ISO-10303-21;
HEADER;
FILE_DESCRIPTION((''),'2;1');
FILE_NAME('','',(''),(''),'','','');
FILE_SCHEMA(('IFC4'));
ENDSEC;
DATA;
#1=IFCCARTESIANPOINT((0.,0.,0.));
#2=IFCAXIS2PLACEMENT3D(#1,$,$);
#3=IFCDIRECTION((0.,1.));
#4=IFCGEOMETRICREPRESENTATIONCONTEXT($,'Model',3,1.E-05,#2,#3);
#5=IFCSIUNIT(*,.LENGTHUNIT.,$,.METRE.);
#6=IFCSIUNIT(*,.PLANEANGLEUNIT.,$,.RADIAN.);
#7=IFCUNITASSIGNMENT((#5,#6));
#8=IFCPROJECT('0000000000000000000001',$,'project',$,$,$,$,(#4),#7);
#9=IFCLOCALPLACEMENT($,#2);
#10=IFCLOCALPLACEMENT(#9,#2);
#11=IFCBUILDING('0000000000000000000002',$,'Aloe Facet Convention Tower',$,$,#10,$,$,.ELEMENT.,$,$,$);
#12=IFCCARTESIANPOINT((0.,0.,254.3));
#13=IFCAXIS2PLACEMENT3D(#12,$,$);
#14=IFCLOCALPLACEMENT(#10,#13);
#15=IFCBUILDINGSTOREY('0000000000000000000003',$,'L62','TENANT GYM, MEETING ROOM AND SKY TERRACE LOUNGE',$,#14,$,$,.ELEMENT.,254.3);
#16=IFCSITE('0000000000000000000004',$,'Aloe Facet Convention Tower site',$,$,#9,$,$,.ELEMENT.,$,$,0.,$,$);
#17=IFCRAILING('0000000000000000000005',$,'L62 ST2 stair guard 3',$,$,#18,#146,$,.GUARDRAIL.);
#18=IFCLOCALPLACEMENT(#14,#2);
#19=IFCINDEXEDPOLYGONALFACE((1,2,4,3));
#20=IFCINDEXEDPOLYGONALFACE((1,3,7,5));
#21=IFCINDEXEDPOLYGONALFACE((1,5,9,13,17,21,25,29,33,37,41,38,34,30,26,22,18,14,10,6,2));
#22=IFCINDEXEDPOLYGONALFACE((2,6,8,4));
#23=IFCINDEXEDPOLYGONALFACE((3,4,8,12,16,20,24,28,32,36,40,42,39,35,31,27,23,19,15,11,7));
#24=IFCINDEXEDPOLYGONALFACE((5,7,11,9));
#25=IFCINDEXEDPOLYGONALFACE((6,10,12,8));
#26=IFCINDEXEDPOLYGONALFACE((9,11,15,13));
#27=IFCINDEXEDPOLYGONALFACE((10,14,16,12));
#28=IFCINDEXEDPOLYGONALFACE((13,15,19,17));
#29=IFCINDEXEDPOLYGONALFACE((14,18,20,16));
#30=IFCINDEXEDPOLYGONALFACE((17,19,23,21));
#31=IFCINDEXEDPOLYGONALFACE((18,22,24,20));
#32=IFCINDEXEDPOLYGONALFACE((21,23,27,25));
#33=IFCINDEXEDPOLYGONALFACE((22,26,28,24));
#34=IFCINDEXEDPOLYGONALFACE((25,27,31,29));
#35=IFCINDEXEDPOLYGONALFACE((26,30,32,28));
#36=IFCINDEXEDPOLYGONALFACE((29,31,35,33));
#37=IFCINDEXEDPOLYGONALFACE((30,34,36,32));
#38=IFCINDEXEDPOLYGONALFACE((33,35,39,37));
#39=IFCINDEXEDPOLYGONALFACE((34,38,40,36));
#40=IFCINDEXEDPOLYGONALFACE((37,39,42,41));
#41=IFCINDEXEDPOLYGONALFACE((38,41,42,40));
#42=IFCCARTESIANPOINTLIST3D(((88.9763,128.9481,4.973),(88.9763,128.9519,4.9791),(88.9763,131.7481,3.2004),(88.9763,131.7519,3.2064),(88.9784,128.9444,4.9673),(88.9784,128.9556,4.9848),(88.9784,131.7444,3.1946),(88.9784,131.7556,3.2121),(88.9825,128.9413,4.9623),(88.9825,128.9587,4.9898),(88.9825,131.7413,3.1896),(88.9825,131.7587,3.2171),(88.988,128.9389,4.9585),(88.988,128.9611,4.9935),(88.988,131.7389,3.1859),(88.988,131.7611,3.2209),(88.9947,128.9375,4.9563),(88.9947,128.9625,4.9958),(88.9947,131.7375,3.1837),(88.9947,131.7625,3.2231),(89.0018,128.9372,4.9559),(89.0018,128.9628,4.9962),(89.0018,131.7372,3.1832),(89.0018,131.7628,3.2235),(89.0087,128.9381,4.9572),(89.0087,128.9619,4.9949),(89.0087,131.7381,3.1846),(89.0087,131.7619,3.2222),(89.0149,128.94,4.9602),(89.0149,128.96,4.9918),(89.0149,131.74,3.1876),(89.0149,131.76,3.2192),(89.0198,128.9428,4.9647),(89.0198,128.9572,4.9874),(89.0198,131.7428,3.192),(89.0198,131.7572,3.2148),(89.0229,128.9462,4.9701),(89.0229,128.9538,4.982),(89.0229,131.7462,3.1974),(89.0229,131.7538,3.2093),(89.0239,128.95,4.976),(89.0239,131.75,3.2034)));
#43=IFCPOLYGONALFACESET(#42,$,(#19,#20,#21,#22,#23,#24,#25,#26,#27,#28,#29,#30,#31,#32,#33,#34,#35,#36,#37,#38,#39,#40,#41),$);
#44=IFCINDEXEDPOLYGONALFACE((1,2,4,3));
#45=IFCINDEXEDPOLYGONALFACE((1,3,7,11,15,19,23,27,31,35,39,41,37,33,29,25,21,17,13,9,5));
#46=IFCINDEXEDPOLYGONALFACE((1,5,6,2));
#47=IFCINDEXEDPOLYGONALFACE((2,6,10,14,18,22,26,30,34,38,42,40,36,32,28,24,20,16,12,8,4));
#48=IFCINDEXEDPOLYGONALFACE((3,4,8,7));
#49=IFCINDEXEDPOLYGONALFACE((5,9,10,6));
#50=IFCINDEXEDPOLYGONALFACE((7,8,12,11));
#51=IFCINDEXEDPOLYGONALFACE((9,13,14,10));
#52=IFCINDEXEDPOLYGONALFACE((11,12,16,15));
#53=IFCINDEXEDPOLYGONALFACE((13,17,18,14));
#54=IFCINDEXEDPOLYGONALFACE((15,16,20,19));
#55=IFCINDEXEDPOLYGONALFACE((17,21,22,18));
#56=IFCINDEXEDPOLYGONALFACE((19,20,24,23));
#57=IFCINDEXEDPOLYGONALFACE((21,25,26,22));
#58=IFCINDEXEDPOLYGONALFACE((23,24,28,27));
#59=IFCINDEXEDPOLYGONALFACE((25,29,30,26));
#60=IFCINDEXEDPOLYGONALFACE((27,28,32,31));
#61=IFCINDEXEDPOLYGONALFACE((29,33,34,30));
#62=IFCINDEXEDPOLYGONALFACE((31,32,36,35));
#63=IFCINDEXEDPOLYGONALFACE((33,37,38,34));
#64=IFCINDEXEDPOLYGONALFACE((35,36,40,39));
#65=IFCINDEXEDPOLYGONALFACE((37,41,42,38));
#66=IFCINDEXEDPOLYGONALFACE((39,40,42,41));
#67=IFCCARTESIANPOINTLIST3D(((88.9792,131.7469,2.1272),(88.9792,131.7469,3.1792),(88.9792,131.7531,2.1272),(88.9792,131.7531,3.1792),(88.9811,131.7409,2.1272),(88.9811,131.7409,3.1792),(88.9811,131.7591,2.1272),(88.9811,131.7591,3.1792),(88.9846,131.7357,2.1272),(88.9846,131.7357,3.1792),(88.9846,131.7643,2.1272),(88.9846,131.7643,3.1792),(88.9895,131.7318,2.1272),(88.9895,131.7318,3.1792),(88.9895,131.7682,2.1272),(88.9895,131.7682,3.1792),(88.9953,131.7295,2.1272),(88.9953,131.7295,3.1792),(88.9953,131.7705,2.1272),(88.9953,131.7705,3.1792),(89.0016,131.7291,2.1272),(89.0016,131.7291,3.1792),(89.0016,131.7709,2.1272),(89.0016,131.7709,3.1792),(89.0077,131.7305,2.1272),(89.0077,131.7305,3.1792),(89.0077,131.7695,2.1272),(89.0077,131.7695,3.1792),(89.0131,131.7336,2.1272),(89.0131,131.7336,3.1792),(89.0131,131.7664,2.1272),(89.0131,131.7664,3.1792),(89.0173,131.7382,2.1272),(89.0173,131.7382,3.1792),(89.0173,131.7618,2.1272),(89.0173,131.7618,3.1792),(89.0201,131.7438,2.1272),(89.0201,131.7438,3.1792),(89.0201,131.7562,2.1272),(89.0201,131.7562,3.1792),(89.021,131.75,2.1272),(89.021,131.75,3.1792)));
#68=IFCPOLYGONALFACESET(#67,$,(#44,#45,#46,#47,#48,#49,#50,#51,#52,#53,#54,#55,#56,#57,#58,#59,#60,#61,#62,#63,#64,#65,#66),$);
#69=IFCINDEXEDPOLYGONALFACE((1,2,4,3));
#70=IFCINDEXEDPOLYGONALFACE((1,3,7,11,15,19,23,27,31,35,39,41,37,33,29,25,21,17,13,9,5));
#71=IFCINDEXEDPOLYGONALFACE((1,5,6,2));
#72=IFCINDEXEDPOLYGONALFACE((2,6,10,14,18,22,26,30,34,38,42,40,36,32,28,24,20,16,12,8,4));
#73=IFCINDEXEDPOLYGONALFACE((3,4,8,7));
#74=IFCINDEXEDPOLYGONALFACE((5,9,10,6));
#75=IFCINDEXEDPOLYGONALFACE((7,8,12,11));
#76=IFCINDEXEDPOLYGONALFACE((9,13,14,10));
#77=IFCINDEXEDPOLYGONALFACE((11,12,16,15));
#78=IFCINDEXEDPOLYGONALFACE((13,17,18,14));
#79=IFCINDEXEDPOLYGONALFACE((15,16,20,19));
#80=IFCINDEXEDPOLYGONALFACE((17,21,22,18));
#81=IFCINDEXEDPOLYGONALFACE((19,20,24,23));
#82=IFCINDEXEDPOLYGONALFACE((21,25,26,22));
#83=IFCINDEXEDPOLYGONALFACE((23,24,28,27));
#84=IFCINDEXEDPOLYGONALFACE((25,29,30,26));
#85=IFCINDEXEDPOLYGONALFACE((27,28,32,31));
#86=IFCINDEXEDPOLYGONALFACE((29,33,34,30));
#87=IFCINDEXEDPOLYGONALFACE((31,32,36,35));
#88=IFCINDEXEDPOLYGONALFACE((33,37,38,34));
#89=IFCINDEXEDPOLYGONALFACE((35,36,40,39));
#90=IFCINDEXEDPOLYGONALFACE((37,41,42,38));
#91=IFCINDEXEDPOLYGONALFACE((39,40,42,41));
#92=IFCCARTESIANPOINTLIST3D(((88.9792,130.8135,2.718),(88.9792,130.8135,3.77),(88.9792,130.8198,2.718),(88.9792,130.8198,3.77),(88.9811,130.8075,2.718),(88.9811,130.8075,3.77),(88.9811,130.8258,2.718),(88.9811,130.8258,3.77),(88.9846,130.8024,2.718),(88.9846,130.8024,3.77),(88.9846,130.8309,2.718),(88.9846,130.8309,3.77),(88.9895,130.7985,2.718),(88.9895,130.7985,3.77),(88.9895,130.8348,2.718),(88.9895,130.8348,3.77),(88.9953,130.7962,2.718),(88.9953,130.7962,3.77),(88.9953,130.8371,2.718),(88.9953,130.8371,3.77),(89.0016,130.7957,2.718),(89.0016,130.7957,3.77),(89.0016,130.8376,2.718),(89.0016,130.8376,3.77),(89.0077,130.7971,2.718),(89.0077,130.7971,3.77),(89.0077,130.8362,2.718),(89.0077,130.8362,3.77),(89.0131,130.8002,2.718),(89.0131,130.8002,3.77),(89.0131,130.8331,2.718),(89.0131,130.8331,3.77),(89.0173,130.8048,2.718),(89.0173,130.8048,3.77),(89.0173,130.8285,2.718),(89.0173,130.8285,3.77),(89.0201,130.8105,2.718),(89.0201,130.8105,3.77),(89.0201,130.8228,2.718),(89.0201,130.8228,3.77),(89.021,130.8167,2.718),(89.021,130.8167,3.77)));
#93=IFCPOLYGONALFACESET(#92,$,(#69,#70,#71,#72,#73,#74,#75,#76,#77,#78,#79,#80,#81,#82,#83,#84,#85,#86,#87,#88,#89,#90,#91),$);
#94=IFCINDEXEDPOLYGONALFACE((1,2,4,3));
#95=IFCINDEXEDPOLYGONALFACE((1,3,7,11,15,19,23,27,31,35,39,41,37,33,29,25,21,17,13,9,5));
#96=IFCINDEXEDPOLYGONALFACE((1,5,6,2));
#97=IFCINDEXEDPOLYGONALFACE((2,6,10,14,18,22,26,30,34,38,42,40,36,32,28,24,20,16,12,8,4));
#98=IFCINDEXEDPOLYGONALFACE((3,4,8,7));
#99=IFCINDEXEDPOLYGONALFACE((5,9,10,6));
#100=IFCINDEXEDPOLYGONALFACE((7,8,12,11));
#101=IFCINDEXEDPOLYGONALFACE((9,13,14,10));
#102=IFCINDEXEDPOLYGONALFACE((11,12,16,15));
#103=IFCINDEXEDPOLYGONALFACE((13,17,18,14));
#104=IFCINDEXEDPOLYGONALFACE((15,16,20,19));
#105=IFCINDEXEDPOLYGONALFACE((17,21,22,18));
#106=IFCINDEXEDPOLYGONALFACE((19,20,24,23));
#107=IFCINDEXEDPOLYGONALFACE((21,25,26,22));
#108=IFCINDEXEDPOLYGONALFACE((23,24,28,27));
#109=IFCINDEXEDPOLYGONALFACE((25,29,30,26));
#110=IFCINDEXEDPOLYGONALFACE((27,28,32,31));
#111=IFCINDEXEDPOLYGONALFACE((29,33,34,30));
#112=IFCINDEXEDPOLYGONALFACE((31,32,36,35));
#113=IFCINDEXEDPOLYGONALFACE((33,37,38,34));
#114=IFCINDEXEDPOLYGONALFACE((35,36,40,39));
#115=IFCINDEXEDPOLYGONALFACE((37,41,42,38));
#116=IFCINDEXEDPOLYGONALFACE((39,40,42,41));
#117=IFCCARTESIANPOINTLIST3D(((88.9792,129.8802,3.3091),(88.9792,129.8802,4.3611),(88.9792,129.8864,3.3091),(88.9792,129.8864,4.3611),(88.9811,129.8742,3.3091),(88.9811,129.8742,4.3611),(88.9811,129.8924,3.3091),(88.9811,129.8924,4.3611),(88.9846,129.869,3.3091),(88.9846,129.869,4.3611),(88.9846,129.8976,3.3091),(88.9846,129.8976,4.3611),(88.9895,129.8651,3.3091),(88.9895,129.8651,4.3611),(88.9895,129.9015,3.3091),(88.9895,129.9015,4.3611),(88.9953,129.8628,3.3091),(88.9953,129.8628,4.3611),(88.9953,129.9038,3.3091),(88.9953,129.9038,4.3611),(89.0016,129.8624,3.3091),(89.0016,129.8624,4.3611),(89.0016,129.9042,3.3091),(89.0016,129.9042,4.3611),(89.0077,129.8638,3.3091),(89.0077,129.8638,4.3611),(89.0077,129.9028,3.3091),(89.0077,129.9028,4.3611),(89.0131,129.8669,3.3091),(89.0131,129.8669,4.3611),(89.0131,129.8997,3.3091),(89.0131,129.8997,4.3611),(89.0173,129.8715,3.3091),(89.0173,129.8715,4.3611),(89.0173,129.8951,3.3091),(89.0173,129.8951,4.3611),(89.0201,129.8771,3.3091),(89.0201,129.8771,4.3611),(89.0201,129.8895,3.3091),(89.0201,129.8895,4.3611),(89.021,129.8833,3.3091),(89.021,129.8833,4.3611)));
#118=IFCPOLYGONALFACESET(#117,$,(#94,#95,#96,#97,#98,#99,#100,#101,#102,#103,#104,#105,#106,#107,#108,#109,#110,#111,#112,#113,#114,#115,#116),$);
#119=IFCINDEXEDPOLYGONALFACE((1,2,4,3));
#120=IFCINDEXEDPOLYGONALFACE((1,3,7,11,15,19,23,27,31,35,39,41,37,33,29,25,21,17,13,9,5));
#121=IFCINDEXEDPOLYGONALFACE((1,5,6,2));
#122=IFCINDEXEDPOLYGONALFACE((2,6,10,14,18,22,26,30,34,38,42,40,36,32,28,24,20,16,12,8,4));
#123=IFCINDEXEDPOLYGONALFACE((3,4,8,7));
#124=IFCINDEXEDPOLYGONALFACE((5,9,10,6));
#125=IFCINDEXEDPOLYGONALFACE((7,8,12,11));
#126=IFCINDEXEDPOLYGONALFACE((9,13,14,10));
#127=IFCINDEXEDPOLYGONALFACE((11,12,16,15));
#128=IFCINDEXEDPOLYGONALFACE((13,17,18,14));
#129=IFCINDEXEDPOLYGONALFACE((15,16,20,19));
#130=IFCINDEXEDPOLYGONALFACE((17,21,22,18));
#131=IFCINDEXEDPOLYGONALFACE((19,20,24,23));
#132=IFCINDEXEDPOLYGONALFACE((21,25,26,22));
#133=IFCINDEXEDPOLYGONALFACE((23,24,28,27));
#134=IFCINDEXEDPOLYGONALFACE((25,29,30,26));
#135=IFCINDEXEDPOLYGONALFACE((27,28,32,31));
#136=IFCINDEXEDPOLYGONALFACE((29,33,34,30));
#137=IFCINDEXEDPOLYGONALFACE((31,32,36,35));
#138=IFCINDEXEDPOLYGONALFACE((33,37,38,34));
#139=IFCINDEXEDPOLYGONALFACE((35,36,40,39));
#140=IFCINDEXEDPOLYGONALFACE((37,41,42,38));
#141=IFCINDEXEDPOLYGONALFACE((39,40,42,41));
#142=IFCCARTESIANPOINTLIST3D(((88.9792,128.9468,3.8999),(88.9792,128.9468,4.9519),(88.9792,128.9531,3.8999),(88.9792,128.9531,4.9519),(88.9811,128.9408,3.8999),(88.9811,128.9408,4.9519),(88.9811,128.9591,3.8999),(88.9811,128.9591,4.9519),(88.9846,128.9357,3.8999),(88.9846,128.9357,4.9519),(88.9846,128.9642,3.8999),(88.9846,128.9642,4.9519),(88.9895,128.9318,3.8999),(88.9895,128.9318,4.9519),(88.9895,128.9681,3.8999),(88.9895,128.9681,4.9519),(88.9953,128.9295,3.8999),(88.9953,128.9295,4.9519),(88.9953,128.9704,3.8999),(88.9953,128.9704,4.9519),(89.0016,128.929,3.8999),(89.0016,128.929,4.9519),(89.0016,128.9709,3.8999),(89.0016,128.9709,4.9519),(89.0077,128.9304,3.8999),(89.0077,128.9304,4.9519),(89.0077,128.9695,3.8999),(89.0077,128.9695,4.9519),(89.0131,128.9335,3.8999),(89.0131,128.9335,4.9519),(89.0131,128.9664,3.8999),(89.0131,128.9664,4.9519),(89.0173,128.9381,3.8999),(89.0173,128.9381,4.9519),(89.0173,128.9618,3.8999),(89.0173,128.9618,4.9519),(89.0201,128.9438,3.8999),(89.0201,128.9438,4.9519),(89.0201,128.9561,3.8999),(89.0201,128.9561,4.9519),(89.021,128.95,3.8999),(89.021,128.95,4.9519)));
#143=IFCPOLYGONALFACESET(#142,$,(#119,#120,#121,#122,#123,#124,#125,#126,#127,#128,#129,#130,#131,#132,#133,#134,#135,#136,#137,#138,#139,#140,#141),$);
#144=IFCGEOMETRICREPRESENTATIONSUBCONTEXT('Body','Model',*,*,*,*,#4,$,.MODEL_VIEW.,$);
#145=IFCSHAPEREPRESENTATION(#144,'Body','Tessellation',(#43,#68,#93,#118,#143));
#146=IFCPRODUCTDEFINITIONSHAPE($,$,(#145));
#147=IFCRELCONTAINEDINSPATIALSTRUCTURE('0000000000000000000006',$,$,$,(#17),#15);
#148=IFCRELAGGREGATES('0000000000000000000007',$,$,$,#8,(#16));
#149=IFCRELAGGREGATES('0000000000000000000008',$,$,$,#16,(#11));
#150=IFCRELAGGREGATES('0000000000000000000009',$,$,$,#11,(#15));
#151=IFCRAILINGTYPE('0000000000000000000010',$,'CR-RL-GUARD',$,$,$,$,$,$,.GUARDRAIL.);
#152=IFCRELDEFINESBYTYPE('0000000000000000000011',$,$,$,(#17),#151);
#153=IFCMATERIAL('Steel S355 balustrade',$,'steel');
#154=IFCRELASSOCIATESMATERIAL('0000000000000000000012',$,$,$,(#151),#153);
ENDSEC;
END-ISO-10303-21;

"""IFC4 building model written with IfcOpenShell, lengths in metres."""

from ifc_helpers import new_model, si_unit, direction, frame, origin, origin_2d, place, context, subcontext, project, spatial, circle, extrude, material, type_object, element, save


model = new_model("IFC4")

# Units and contexts
model_context = context("Model", 3, precision=1e-05, world=origin(), true_north=direction((0.0, 1.0)))
body_context = subcontext(model_context, "Body", "Model", "MODEL_VIEW")
ifc_project = project(units=[si_unit("LENGTHUNIT", "METRE"), si_unit("PLANEANGLEUNIT", "RADIAN")], contexts=[model_context])

# Site, building, storey
site_placement = place(None, origin())
site = spatial("IfcSite", under=ifc_project, at=site_placement, Name="Aloe Facet Convention Tower site", CompositionType="ELEMENT", RefElevation=0.0)
building_placement = place(site_placement, origin())
building = spatial("IfcBuilding", under=site, at=building_placement, Name="Aloe Facet Convention Tower", CompositionType="ELEMENT")
storey_placement = place(building_placement, frame((0.0, 0.0, 254.3)))
storey = spatial("IfcBuildingStorey", under=building, at=storey_placement, Name="L62", Description="TENANT GYM, MEETING ROOM AND SKY TERRACE LOUNGE", CompositionType="ELEMENT", Elevation=254.3)

# Railing
ifc_material_1 = material(Name="Steel S355 balustrade", Category="steel")
railing_type_1 = type_object("IfcRailingType", Name="CR-RL-GUARD", PredefinedType="GUARDRAIL", material=ifc_material_1)
railing_1_placement = place(storey_placement, frame((89.0, 131.75, 2.1272)))
element("IfcRailing", 1, at=railing_1_placement, inside=storey, type_object=railing_type_1, Name="L62 ST2 stair guard 3", PredefinedType="GUARDRAIL", context=body_context, shape_type="SweptSolid", body=[
    extrude(circle(Radius=0.0239, at=origin_2d()), frame((0.0, 0.0, 1.0762), z_axis=(0.0, -0.844909, 0.53491), x_axis=(1.0, 0.0, 0.0)), (0.0, 0.0, 1.0), 3.314),
    extrude(circle(Radius=0.021, at=origin_2d()), origin(), (0.0, 0.0, 1.0), 1.052),
    extrude(circle(Radius=0.021, at=origin_2d()), frame((0.0, -0.9333, 0.5908)), (0.0, 0.0, 1.0), 1.052),
    extrude(circle(Radius=0.021, at=origin_2d()), frame((0.0, -1.8667, 1.1819)), (0.0, 0.0, 1.0), 1.052),
    extrude(circle(Radius=0.021, at=origin_2d()), frame((0.0, -2.8, 1.7727)), (0.0, 0.0, 1.0), 1.052),
])

save(model, "model.ifc")
